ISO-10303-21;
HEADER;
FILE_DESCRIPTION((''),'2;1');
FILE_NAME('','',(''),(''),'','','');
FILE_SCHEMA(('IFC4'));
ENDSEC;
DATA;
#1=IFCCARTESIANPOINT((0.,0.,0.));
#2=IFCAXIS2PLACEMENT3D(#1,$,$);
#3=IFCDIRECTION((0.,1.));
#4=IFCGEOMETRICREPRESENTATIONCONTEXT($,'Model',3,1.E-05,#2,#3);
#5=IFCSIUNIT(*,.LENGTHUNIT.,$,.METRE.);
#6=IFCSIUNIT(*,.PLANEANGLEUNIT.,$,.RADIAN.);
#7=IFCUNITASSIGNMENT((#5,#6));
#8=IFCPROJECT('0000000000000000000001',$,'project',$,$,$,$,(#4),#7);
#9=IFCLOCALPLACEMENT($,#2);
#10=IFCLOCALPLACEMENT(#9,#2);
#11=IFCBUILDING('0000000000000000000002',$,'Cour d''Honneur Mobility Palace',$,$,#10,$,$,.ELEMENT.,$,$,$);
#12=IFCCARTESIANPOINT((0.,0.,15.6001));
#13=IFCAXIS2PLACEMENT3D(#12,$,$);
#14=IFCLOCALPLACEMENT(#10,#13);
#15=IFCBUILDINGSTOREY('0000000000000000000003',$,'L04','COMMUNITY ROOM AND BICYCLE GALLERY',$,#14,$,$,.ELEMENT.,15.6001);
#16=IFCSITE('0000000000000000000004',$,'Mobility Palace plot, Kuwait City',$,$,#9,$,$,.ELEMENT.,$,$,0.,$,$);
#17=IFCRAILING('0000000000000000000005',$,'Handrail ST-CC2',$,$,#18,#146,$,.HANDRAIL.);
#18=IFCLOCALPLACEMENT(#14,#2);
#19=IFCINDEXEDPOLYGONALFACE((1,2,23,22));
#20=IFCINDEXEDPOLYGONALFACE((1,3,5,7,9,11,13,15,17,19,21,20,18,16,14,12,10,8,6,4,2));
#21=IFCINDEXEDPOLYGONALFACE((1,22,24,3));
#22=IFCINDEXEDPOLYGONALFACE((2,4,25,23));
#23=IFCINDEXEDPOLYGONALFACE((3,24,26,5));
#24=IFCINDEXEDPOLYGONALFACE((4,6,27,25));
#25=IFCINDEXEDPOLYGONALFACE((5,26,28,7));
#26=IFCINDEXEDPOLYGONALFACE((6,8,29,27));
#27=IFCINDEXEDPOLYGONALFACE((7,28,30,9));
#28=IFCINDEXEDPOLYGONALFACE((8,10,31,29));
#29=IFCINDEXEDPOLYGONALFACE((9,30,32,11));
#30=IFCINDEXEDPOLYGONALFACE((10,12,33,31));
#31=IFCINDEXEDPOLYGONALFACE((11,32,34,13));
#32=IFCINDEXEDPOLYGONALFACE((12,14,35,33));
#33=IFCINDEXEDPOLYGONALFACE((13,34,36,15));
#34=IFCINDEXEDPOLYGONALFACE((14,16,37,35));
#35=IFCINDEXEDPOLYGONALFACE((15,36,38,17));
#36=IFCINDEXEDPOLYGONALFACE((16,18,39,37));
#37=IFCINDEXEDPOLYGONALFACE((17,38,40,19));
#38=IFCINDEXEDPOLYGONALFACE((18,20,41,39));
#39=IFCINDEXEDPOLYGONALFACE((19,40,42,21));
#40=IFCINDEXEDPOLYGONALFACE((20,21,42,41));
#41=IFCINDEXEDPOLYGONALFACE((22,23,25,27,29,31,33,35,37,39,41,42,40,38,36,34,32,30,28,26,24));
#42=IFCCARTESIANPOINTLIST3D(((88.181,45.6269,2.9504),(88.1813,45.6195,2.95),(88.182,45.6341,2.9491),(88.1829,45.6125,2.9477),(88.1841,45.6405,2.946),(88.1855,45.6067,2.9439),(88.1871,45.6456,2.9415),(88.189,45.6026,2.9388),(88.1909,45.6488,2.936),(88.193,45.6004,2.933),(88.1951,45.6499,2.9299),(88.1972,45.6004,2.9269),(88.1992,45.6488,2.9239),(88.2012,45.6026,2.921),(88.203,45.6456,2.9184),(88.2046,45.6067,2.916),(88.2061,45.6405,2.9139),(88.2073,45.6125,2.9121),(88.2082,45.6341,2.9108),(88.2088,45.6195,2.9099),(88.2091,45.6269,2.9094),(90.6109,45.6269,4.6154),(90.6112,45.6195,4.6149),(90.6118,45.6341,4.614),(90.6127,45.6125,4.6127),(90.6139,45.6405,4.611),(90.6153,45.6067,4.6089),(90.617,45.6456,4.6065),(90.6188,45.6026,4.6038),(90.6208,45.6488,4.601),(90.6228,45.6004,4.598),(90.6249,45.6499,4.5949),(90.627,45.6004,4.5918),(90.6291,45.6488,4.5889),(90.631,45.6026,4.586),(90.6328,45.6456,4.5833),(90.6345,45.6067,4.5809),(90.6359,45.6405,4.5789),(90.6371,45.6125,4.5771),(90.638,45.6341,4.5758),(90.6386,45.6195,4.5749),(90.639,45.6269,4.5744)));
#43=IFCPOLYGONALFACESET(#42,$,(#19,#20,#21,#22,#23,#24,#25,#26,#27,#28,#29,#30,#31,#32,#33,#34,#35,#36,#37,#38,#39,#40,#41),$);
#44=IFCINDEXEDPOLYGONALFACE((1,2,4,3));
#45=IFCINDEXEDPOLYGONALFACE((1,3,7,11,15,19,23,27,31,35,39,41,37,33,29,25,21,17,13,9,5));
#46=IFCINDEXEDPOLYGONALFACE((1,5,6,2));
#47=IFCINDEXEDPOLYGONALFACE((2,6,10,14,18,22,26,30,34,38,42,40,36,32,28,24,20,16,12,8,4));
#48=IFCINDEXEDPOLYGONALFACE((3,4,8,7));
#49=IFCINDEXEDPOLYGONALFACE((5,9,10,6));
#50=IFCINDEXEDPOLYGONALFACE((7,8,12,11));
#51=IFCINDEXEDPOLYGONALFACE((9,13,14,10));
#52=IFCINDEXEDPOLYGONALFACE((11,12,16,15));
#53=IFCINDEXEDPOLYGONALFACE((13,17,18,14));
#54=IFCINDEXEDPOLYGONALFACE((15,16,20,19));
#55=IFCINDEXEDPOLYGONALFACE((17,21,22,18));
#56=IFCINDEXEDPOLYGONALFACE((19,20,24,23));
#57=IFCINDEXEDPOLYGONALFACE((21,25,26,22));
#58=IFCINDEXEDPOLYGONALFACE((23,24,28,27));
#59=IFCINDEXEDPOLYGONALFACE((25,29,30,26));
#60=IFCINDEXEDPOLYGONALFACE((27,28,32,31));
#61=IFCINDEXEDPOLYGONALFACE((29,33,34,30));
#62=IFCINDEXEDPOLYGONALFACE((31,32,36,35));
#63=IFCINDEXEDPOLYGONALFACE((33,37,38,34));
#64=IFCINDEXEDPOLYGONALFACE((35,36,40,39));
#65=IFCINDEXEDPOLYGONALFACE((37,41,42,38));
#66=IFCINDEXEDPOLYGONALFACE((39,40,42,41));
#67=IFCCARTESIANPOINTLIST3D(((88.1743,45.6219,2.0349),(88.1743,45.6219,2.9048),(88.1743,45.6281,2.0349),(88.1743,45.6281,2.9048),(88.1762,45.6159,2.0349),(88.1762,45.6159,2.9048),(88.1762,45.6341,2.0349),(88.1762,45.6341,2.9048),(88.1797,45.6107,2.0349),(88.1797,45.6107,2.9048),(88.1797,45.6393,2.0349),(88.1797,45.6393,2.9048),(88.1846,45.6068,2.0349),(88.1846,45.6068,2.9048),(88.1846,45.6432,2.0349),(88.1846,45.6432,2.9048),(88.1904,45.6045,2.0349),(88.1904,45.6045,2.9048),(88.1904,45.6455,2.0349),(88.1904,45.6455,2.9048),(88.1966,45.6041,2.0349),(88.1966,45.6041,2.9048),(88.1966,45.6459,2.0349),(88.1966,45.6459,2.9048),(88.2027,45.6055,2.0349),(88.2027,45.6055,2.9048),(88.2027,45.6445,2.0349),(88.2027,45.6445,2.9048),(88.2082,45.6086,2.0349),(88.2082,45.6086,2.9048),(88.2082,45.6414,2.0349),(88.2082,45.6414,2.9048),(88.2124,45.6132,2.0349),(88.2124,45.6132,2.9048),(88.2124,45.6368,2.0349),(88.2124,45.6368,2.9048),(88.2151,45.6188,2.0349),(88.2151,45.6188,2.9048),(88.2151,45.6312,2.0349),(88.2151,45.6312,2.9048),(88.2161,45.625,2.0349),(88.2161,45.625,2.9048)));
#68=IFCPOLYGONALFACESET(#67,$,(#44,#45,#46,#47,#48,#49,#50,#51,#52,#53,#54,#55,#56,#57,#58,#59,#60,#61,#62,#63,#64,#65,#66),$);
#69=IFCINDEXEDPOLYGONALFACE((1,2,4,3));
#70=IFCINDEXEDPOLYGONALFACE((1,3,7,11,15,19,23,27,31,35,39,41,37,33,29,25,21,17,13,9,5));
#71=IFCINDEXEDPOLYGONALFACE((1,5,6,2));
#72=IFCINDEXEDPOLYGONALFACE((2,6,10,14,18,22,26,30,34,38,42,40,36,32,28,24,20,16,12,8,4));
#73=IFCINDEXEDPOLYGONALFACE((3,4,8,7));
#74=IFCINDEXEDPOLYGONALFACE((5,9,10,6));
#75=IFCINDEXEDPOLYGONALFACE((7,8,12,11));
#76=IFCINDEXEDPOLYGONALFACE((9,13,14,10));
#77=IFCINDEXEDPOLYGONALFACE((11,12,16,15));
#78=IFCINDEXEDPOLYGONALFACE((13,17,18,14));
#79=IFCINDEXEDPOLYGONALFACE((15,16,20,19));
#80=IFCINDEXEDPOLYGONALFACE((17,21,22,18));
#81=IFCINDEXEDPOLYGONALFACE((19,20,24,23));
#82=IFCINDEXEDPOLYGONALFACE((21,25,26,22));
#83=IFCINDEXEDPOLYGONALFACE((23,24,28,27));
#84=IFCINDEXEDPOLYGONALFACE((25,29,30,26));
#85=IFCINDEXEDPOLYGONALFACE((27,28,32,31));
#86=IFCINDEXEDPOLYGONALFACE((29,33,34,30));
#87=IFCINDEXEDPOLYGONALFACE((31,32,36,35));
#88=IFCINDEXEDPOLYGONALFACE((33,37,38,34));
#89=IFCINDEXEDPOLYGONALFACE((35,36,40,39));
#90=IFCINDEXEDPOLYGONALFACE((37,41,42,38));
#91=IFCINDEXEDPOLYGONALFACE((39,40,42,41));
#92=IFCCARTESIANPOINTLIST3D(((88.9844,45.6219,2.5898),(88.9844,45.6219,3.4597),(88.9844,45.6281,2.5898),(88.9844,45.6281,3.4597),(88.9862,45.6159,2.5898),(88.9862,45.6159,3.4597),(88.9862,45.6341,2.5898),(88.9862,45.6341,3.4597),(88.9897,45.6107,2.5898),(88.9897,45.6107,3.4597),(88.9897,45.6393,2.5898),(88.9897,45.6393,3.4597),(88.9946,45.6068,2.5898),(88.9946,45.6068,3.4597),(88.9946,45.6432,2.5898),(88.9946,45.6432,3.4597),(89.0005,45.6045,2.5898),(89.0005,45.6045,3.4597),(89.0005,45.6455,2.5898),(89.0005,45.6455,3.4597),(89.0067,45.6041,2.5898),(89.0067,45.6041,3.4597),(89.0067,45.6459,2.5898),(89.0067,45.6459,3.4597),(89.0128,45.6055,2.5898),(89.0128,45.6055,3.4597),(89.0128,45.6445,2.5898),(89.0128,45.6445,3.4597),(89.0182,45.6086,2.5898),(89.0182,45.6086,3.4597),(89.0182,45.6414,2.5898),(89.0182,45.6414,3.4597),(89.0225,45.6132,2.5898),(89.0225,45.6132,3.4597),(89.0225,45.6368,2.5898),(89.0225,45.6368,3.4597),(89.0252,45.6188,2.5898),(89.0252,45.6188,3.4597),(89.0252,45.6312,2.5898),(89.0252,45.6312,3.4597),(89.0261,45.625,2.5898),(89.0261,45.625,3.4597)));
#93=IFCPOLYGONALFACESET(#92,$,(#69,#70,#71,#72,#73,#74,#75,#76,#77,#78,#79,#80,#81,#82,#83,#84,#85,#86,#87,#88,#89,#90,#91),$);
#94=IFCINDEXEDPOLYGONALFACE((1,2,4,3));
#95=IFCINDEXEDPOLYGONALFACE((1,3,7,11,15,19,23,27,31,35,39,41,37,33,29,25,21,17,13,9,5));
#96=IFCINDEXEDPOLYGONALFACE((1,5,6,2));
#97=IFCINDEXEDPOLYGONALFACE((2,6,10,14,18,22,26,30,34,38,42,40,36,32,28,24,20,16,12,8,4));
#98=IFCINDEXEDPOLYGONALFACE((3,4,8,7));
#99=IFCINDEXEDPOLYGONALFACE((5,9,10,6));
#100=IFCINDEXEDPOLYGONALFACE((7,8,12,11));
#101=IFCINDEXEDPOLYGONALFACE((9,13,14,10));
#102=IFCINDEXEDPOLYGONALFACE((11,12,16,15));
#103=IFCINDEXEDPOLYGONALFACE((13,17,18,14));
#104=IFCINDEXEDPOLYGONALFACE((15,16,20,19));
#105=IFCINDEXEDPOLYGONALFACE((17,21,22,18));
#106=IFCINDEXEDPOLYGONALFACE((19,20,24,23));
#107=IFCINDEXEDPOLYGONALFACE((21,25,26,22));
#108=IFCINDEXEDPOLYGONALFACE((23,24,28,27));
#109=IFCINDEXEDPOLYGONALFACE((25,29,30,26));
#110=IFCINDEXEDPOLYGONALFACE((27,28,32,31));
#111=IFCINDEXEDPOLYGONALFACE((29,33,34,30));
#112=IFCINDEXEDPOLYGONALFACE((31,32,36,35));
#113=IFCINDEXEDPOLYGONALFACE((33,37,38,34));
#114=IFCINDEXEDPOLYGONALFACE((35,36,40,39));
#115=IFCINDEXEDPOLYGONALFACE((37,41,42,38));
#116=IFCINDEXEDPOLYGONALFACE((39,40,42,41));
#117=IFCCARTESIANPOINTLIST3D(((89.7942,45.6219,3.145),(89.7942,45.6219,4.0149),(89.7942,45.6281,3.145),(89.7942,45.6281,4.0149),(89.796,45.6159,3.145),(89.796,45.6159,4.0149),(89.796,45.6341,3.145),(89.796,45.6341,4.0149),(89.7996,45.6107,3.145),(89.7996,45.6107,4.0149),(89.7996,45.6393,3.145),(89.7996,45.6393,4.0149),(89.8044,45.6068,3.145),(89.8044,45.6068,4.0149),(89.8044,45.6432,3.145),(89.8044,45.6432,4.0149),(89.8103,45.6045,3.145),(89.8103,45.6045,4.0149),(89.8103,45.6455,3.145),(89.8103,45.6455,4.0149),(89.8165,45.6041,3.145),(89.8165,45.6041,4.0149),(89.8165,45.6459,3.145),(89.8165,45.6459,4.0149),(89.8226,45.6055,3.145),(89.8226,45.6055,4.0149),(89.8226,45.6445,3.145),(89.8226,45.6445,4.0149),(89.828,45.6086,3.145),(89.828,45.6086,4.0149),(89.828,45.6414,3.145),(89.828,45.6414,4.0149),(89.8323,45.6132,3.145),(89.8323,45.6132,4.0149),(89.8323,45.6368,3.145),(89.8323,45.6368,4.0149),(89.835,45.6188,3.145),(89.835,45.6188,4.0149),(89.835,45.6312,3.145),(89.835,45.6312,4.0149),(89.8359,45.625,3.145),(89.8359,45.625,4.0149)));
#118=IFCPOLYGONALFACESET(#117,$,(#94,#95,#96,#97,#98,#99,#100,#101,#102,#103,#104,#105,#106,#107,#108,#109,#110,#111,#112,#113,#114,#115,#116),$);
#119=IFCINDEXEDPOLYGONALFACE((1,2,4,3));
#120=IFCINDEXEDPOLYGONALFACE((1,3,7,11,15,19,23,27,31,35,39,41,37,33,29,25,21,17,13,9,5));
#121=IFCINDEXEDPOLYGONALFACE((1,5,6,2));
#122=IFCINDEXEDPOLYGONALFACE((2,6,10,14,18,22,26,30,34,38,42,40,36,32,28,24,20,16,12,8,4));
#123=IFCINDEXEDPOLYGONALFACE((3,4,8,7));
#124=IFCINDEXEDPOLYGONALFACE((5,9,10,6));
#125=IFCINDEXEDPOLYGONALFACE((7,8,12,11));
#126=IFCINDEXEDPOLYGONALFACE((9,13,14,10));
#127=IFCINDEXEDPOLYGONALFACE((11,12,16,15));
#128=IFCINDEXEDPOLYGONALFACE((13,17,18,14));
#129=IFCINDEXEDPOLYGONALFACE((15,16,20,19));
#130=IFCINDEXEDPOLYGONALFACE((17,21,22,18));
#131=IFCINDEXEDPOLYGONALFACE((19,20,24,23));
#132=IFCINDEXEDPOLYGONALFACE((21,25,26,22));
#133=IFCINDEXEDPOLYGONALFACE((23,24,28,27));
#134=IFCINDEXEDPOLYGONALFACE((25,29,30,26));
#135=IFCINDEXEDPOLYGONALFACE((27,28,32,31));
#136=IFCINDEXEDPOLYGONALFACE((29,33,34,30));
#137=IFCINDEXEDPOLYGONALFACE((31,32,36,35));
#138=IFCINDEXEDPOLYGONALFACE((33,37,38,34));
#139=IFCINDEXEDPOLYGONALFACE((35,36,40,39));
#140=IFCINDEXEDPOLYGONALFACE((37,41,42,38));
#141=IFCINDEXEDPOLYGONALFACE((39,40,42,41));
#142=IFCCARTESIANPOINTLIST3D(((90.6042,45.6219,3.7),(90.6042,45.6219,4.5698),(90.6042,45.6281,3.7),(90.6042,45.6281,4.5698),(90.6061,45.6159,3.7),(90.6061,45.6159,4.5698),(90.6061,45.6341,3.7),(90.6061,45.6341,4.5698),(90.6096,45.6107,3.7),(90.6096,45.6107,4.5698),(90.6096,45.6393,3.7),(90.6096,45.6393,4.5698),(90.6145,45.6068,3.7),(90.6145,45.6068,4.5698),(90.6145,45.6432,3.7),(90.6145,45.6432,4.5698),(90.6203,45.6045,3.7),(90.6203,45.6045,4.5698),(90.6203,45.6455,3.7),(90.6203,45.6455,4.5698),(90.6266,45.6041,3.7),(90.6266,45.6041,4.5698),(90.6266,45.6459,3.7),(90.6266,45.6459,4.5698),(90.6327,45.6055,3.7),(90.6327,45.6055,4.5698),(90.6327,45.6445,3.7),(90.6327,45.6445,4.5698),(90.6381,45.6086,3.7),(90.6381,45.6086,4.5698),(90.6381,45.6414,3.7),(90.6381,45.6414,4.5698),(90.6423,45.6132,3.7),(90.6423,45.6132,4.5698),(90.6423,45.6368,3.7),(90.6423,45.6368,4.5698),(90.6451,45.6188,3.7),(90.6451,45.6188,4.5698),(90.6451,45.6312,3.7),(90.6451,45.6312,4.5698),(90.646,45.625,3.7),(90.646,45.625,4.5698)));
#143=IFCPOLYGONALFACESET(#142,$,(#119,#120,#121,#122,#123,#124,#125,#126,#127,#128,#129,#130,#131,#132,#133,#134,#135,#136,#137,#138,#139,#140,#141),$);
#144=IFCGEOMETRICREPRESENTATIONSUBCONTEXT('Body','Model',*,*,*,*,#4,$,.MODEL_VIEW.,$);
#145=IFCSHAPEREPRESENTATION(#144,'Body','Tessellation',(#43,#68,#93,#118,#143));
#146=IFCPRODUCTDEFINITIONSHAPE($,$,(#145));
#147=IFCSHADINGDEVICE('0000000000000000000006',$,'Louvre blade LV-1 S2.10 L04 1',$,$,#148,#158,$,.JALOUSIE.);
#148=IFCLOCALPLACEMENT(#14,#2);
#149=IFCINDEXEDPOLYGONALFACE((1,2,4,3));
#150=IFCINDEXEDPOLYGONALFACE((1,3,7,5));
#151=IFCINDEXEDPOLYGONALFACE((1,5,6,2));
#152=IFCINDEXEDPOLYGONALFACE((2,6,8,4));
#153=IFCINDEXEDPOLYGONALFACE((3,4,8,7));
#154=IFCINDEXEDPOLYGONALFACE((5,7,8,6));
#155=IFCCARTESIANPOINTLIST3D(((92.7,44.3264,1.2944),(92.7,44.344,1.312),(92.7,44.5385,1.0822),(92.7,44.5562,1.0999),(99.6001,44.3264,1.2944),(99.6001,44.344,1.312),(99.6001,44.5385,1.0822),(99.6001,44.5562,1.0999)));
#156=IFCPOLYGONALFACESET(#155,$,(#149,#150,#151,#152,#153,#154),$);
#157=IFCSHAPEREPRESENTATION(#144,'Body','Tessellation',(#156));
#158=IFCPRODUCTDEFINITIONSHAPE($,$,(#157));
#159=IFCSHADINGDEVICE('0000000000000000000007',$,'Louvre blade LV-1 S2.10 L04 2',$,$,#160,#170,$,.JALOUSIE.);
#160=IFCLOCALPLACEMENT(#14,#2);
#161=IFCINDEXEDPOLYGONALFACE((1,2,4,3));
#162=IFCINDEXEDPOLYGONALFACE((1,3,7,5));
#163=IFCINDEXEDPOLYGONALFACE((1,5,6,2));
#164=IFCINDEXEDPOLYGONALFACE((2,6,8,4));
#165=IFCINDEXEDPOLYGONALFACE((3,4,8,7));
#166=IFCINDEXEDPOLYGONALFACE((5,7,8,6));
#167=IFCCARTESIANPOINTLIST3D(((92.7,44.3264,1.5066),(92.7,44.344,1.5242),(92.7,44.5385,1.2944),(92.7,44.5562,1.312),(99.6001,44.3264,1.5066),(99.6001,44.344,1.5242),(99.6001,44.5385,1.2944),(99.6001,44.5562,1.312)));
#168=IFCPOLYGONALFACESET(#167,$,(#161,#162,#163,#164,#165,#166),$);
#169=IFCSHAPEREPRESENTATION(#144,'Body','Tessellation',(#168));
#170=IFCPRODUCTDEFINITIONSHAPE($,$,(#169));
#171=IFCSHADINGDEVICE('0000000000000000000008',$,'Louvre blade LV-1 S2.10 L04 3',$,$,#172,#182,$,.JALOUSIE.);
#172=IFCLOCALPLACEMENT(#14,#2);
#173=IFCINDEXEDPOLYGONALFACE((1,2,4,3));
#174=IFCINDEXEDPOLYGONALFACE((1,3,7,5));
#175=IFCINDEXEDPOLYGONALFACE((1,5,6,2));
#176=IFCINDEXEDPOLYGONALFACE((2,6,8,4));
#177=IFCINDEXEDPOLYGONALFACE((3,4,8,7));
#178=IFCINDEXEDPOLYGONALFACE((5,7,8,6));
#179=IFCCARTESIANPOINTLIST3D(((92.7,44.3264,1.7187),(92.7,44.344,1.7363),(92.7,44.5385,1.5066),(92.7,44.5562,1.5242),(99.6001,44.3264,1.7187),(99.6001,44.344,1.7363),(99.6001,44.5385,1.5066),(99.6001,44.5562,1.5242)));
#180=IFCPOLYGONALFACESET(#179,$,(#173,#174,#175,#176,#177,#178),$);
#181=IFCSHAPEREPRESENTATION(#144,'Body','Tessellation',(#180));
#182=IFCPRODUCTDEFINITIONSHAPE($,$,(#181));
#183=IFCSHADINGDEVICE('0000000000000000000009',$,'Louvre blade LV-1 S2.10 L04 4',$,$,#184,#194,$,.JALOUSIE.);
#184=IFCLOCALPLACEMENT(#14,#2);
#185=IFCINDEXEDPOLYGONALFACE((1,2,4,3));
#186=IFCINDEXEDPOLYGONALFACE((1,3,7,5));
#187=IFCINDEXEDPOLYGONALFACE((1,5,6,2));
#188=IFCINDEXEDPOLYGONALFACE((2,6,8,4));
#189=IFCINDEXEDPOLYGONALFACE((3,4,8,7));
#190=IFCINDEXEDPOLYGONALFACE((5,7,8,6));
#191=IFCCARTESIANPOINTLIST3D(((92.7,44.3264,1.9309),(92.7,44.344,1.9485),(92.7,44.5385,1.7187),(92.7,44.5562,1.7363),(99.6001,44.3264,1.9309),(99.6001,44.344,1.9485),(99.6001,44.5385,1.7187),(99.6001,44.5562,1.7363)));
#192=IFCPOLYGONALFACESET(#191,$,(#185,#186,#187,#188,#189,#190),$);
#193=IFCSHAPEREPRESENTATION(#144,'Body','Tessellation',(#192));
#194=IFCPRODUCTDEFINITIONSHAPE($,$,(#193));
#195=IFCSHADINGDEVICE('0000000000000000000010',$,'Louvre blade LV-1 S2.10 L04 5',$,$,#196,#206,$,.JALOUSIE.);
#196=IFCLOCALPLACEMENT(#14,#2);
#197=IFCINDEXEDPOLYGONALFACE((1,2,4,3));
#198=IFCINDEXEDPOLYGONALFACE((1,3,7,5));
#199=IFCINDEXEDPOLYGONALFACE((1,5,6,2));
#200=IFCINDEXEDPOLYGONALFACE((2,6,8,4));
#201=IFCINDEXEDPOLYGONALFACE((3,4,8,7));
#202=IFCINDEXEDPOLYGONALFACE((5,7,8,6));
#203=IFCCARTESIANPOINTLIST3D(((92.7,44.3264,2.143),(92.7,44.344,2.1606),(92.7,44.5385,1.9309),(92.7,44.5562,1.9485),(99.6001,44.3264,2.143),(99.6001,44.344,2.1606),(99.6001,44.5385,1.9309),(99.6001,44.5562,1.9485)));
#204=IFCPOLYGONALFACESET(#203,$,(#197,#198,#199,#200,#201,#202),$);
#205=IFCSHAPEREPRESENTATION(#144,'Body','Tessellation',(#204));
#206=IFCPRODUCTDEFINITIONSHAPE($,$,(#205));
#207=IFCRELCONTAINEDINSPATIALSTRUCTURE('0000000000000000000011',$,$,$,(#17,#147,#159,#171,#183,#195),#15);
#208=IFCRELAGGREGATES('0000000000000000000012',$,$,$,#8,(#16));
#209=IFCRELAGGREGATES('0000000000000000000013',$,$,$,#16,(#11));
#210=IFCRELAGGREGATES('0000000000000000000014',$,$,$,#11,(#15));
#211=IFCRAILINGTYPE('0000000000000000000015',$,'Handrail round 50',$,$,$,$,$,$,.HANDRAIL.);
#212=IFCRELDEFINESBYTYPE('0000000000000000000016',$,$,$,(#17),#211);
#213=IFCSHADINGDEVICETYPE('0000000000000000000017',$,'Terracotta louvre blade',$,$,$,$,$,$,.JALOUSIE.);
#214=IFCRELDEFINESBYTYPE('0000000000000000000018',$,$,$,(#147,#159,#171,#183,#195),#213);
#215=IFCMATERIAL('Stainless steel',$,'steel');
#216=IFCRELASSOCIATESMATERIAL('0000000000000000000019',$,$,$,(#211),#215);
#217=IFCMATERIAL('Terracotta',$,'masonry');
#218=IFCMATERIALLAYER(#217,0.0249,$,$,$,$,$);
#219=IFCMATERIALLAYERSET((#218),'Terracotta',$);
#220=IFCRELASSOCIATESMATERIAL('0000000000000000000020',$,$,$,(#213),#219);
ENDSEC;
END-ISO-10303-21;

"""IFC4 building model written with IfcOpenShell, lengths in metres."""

from ifc_helpers import new_model, si_unit, direction, frame, origin, origin_2d, place, context, subcontext, project, spatial, polyline, circle, outline, extrude, material, layer, layer_set, type_object, element, save


model = new_model("IFC4")

# Units and contexts
model_context = context("Model", 3, precision=1e-05, world=origin(), true_north=direction((0.0, 1.0)))
body_context = subcontext(model_context, "Body", "Model", "MODEL_VIEW")
ifc_project = project(units=[si_unit("LENGTHUNIT", "METRE"), si_unit("PLANEANGLEUNIT", "RADIAN")], contexts=[model_context])

# Site, building, storey
site_placement = place(None, origin())
site = spatial("IfcSite", under=ifc_project, at=site_placement, Name="Mobility Palace plot, Kuwait City", CompositionType="ELEMENT", RefElevation=0.0)
building_placement = place(site_placement, origin())
building = spatial("IfcBuilding", under=site, at=building_placement, Name="Cour d'Honneur Mobility Palace", CompositionType="ELEMENT")
storey_placement = place(building_placement, frame((0.0, 0.0, 15.6001)))
storey = spatial("IfcBuildingStorey", under=building, at=storey_placement, Name="L04", Description="COMMUNITY ROOM AND BICYCLE GALLERY", CompositionType="ELEMENT", Elevation=15.6001)

# Railing
ifc_material_1 = material(Name="Stainless steel", Category="steel")
railing_type_1 = type_object("IfcRailingType", Name="Handrail round 50", PredefinedType="HANDRAIL", material=ifc_material_1)
railing_1_placement = place(storey_placement, frame((88.1951, 45.625, 2.0349)))
element("IfcRailing", 1, at=railing_1_placement, inside=storey, type_object=railing_type_1, Name="Handrail ST-CC2", PredefinedType="HANDRAIL", context=body_context, shape_type="SweptSolid", body=[
    extrude(circle(Radius=0.0249, at=origin_2d()), frame((0.0, 0.0, 0.895), z_axis=(0.824919, 0.0, 0.565251), x_axis=(0.0, 1.0, 0.0)), (0.0, 0.0, 1.0), 2.9456),
    extrude(circle(Radius=0.021, at=origin_2d()), origin(), (0.0, 0.0, 1.0), 0.8699),
    extrude(circle(Radius=0.021, at=origin_2d()), frame((0.8101, 0.0, 0.5549)), (0.0, 0.0, 1.0), 0.8699),
    extrude(circle(Radius=0.021, at=origin_2d()), frame((1.6199, 0.0, 1.1101)), (0.0, 0.0, 1.0), 0.8699),
    extrude(circle(Radius=0.021, at=origin_2d()), frame((2.4299, 0.0, 1.665)), (0.0, 0.0, 1.0), 0.8699),
])

# Shading devices
ifc_material_2 = material(Name="Terracotta", Category="masonry")
ifc_layer_1 = layer(ifc_material_2, 0.0249)
ifc_layer_set_1 = layer_set([ifc_layer_1], Name="Terracotta")
shading_device_type = type_object("IfcShadingDeviceType", Name="Terracotta louvre blade", PredefinedType="JALOUSIE", material=ifc_layer_set_1)
for number, where, z_axis, x_axis, name in (
    (2, (92.7, 44.5562, 1.0999), (0.0, 0.707107, 0.707107), (1.0, 0.0, 0.0), "Louvre blade LV-1 S2.10 L04 1"),
    (3, (92.7, 44.5562, 1.312), (0.0, 0.707107, 0.707107), (1.0, 0.0, 0.0), "Louvre blade LV-1 S2.10 L04 2"),
    (4, (92.7, 44.5562, 1.5242), (0.0, 0.707107, 0.707107), (1.0, 0.0, 0.0), "Louvre blade LV-1 S2.10 L04 3"),
    (5, (92.7, 44.5562, 1.7363), (0.0, 0.707107, 0.707107), (1.0, 0.0, 0.0), "Louvre blade LV-1 S2.10 L04 4"),
    (6, (92.7, 44.5562, 1.9485), (0.0, 0.707107, 0.707107), (1.0, 0.0, 0.0), "Louvre blade LV-1 S2.10 L04 5"),
):
    element("IfcShadingDevice", number, at=place(storey_placement, frame(where, z_axis=z_axis, x_axis=x_axis)), inside=storey, type_object=shading_device_type, Name=name, PredefinedType="JALOUSIE", context=body_context, shape_type="SweptSolid", body=[
        extrude(outline(polyline([(0.0, 0.0), (6.9001, 0.0), (6.9001, -0.3), (0.0, -0.3), (0.0, 0.0)])), origin(), (0.0, 0.0, -1.0), 0.0249),
    ])

save(model, "model.ifc")
